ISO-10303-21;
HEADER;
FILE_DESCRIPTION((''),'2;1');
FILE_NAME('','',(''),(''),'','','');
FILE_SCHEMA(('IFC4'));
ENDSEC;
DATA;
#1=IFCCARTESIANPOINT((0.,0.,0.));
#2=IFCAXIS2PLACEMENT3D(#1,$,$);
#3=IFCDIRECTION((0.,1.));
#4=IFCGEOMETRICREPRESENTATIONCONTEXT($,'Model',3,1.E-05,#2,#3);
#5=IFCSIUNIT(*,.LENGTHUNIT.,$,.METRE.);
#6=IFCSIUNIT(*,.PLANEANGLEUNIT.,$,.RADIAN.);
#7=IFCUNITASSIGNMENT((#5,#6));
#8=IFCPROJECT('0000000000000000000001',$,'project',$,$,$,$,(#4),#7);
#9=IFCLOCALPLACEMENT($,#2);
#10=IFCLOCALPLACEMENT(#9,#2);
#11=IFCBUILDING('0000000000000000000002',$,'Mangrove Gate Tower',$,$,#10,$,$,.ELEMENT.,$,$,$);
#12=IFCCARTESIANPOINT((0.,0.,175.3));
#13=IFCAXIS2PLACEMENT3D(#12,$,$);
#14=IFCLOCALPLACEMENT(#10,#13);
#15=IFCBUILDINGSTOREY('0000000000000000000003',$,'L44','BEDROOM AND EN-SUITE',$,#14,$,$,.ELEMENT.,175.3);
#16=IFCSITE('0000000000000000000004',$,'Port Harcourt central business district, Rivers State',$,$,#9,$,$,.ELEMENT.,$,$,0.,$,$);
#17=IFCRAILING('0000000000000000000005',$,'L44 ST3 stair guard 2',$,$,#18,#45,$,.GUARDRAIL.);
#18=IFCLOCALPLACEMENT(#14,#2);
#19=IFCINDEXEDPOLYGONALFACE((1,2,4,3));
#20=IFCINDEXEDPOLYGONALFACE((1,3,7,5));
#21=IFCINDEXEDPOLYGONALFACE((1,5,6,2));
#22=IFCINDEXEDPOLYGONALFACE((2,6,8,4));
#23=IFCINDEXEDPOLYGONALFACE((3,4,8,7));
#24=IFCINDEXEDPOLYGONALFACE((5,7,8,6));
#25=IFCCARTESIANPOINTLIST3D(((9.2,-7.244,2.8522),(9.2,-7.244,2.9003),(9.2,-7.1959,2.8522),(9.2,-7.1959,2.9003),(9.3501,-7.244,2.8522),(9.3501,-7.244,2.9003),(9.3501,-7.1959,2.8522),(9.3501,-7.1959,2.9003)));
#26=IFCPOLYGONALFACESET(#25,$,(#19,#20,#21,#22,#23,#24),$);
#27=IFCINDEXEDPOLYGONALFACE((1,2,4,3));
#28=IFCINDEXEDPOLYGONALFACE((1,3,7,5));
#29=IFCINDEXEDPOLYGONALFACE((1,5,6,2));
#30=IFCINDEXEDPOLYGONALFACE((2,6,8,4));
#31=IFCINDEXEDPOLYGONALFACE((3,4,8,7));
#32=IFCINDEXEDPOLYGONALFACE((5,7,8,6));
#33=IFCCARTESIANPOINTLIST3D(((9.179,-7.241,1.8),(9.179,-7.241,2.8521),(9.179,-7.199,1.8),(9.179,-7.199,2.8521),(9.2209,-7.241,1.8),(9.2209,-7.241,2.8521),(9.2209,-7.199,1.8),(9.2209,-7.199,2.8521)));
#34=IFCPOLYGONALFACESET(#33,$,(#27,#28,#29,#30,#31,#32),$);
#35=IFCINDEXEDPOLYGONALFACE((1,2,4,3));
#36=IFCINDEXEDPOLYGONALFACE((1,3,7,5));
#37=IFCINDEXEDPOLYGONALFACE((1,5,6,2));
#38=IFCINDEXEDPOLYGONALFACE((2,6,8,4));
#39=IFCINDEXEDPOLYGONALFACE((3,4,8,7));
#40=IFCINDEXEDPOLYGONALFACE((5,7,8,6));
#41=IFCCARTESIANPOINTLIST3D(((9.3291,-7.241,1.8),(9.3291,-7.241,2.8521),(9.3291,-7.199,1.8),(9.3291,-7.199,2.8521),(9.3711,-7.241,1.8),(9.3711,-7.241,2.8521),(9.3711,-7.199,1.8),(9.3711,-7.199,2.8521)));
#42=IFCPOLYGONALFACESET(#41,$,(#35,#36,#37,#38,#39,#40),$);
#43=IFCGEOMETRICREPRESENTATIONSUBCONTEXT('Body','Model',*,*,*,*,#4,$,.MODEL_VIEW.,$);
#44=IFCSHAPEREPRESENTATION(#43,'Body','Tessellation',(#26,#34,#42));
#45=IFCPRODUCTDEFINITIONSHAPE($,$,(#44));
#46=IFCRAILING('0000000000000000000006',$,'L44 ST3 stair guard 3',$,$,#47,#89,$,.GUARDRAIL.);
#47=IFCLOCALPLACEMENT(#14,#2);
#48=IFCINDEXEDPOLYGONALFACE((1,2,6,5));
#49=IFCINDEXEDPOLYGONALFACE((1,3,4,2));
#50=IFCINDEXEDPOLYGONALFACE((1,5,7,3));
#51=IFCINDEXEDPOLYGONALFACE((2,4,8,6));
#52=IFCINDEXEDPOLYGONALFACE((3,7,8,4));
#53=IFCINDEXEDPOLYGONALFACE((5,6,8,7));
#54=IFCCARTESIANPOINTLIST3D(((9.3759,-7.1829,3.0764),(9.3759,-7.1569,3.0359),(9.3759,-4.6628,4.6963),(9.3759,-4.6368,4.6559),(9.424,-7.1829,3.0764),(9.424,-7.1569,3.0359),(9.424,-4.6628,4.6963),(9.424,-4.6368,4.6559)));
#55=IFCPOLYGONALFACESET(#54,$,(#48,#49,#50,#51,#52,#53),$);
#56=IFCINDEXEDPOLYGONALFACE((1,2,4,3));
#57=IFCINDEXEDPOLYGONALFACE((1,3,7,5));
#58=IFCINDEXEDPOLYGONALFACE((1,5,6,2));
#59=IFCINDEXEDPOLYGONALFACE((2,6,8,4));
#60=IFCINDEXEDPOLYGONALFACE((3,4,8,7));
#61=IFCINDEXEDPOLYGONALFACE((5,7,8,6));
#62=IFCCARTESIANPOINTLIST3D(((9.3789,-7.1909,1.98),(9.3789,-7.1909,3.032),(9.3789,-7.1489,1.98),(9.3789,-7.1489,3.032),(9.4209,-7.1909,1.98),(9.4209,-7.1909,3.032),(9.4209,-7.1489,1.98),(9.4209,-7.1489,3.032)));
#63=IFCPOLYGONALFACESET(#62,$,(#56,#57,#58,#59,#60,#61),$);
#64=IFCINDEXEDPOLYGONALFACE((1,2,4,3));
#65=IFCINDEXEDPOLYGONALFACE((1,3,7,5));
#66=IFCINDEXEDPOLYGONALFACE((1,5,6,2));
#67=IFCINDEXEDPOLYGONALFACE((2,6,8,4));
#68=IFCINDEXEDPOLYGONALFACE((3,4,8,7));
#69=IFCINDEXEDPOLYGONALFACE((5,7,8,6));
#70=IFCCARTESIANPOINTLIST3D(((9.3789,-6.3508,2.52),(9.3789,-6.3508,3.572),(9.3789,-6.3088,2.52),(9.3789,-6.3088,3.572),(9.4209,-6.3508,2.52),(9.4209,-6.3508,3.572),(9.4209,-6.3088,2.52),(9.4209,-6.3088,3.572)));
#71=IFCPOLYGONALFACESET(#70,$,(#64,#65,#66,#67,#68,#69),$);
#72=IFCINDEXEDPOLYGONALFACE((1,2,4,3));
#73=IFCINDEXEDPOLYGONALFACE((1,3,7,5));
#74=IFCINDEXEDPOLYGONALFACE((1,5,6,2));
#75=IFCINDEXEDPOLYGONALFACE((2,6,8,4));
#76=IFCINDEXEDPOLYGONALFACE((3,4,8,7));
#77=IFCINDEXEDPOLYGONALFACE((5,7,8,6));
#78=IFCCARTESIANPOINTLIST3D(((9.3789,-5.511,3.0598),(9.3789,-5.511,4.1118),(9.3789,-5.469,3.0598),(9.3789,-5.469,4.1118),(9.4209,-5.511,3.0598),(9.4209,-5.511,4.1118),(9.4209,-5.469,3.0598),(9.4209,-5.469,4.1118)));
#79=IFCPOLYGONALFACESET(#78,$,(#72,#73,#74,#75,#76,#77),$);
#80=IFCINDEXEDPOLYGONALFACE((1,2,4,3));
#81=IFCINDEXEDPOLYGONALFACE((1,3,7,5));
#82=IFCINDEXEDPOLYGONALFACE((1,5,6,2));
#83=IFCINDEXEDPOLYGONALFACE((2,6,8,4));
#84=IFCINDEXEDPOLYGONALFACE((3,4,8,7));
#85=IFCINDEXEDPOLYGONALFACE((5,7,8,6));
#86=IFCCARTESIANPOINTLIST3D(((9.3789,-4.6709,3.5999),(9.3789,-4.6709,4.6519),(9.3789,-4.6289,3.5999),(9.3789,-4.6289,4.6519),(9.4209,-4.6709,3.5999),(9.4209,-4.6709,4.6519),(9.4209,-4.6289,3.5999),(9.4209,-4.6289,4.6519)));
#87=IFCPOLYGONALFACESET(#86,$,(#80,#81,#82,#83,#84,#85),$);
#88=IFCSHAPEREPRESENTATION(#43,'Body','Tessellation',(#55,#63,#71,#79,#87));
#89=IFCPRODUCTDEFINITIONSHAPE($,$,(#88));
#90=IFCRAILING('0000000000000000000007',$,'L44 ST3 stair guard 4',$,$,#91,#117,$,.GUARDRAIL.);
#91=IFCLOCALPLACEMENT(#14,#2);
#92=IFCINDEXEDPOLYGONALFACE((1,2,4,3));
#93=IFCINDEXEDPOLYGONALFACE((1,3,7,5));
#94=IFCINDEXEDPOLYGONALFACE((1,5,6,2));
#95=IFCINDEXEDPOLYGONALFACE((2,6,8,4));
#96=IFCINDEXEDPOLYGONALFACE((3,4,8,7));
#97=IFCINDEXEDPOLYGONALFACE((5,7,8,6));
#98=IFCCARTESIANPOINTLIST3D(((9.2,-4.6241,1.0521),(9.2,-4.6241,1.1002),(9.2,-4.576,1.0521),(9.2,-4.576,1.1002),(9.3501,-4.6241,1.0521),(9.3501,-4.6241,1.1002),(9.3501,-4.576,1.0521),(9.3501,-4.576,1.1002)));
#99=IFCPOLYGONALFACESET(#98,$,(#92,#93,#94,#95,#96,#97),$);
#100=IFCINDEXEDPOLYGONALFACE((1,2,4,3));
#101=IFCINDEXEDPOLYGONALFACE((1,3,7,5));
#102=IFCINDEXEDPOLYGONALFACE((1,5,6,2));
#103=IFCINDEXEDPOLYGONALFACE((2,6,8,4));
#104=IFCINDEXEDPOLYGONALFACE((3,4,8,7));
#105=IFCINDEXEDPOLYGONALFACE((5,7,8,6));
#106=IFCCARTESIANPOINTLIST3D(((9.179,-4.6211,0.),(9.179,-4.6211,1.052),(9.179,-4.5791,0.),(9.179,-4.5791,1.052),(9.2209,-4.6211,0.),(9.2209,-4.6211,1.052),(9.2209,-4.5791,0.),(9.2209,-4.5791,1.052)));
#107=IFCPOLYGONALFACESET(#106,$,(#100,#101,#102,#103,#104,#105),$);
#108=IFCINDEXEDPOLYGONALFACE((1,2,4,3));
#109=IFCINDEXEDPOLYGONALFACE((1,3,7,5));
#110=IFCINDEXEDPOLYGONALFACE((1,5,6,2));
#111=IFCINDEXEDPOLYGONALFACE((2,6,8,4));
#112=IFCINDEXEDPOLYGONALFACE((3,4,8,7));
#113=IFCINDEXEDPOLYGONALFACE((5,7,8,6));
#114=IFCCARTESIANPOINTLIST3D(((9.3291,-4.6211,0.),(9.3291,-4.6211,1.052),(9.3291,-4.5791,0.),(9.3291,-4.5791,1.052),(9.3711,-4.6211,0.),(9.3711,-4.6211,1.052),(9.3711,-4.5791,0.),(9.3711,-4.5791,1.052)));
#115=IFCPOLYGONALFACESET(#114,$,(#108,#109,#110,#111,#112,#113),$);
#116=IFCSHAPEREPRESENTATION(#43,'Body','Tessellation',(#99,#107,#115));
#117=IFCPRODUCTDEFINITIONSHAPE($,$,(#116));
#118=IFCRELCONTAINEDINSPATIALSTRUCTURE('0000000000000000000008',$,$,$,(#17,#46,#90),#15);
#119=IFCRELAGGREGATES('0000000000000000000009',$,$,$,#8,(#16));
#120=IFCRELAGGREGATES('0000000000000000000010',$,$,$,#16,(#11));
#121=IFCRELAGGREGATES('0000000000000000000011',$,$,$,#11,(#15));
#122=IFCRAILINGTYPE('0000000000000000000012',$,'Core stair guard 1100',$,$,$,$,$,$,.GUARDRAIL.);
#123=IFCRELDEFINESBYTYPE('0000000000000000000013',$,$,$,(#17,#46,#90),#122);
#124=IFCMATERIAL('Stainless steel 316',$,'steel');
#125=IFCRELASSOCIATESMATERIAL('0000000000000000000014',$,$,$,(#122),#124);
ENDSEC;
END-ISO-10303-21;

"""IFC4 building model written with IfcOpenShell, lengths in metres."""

from ifc_helpers import new_model, si_unit, direction, frame, origin, origin_2d, place, context, subcontext, project, spatial, rectangle, extrude, material, type_object, element, save


model = new_model("IFC4")

# Units and contexts
model_context = context("Model", 3, precision=1e-05, world=origin(), true_north=direction((0.0, 1.0)))
body_context = subcontext(model_context, "Body", "Model", "MODEL_VIEW")
ifc_project = project(units=[si_unit("LENGTHUNIT", "METRE"), si_unit("PLANEANGLEUNIT", "RADIAN")], contexts=[model_context])

# Site, building, storey
site_placement = place(None, origin())
site = spatial("IfcSite", under=ifc_project, at=site_placement, Name="Port Harcourt central business district, Rivers State", CompositionType="ELEMENT", RefElevation=0.0)
building_placement = place(site_placement, origin())
building = spatial("IfcBuilding", under=site, at=building_placement, Name="Mangrove Gate Tower", CompositionType="ELEMENT")
storey_placement = place(building_placement, frame((0.0, 0.0, 175.3)))
storey = spatial("IfcBuildingStorey", under=building, at=storey_placement, Name="L44", Description="BEDROOM AND EN-SUITE", CompositionType="ELEMENT", Elevation=175.3)

# Railings
ifc_material_1 = material(Name="Stainless steel 316", Category="steel")
railing_type_1 = type_object("IfcRailingType", Name="Core stair guard 1100", PredefinedType="GUARDRAIL", material=ifc_material_1)
railing_1_placement = place(storey_placement, frame((9.2, -7.22, 1.8)))
element("IfcRailing", 1, at=railing_1_placement, inside=storey, type_object=railing_type_1, Name="L44 ST3 stair guard 2", PredefinedType="GUARDRAIL", context=body_context, shape_type="SweptSolid", body=[
    extrude(rectangle(XDim=0.0481, YDim=0.0481, at=origin_2d()), frame((0.0, 0.0, 1.0762), z_axis=(1.0, 0.0, 0.0), x_axis=(0.0, 1.0, 0.0)), (0.0, 0.0, 1.0), 0.1501),
    extrude(rectangle(XDim=0.042, YDim=0.042, at=origin_2d()), origin(), (0.0, 0.0, 1.0), 1.052),
    extrude(rectangle(XDim=0.042, YDim=0.042, at=origin_2d()), frame((0.1501, 0.0, 0.0)), (0.0, 0.0, 1.0), 1.052),
])
railing_2_placement = place(storey_placement, frame((9.3999, -7.1699, 1.98)))
element("IfcRailing", 2, at=railing_2_placement, inside=storey, type_object=railing_type_1, Name="L44 ST3 stair guard 3", PredefinedType="GUARDRAIL", context=body_context, shape_type="SweptSolid", body=[
    extrude(rectangle(XDim=0.0481, YDim=0.0481, at=origin_2d()), frame((0.0, 0.0, 1.0762), z_axis=(0.0, 0.8412, 0.540725), x_axis=(-1.0, 0.0, 0.0)), (0.0, 0.0, 1.0), 2.9958),
    extrude(rectangle(XDim=0.042, YDim=0.042, at=origin_2d()), origin(), (0.0, 0.0, 1.0), 1.052),
    extrude(rectangle(XDim=0.042, YDim=0.042, at=origin_2d()), frame((0.0, 0.8401, 0.54)), (0.0, 0.0, 1.0), 1.052),
    extrude(rectangle(XDim=0.042, YDim=0.042, at=origin_2d()), frame((0.0, 1.6799, 1.0798)), (0.0, 0.0, 1.0), 1.052),
    extrude(rectangle(XDim=0.042, YDim=0.042, at=origin_2d()), frame((0.0, 2.52, 1.6199)), (0.0, 0.0, 1.0), 1.052),
])
railing_3_placement = place(storey_placement, frame((9.2, -4.6001, 0.0)))
element("IfcRailing", 3, at=railing_3_placement, inside=storey, type_object=railing_type_1, Name="L44 ST3 stair guard 4", PredefinedType="GUARDRAIL", context=body_context, shape_type="SweptSolid", body=[
    extrude(rectangle(XDim=0.0481, YDim=0.0481, at=origin_2d()), frame((0.0, 0.0, 1.0762), z_axis=(1.0, 0.0, 0.0), x_axis=(0.0, 1.0, 0.0)), (0.0, 0.0, 1.0), 0.1501),
    extrude(rectangle(XDim=0.042, YDim=0.042, at=origin_2d()), origin(), (0.0, 0.0, 1.0), 1.052),
    extrude(rectangle(XDim=0.042, YDim=0.042, at=origin_2d()), frame((0.1501, 0.0, 0.0)), (0.0, 0.0, 1.0), 1.052),
])

save(model, "model.ifc")
